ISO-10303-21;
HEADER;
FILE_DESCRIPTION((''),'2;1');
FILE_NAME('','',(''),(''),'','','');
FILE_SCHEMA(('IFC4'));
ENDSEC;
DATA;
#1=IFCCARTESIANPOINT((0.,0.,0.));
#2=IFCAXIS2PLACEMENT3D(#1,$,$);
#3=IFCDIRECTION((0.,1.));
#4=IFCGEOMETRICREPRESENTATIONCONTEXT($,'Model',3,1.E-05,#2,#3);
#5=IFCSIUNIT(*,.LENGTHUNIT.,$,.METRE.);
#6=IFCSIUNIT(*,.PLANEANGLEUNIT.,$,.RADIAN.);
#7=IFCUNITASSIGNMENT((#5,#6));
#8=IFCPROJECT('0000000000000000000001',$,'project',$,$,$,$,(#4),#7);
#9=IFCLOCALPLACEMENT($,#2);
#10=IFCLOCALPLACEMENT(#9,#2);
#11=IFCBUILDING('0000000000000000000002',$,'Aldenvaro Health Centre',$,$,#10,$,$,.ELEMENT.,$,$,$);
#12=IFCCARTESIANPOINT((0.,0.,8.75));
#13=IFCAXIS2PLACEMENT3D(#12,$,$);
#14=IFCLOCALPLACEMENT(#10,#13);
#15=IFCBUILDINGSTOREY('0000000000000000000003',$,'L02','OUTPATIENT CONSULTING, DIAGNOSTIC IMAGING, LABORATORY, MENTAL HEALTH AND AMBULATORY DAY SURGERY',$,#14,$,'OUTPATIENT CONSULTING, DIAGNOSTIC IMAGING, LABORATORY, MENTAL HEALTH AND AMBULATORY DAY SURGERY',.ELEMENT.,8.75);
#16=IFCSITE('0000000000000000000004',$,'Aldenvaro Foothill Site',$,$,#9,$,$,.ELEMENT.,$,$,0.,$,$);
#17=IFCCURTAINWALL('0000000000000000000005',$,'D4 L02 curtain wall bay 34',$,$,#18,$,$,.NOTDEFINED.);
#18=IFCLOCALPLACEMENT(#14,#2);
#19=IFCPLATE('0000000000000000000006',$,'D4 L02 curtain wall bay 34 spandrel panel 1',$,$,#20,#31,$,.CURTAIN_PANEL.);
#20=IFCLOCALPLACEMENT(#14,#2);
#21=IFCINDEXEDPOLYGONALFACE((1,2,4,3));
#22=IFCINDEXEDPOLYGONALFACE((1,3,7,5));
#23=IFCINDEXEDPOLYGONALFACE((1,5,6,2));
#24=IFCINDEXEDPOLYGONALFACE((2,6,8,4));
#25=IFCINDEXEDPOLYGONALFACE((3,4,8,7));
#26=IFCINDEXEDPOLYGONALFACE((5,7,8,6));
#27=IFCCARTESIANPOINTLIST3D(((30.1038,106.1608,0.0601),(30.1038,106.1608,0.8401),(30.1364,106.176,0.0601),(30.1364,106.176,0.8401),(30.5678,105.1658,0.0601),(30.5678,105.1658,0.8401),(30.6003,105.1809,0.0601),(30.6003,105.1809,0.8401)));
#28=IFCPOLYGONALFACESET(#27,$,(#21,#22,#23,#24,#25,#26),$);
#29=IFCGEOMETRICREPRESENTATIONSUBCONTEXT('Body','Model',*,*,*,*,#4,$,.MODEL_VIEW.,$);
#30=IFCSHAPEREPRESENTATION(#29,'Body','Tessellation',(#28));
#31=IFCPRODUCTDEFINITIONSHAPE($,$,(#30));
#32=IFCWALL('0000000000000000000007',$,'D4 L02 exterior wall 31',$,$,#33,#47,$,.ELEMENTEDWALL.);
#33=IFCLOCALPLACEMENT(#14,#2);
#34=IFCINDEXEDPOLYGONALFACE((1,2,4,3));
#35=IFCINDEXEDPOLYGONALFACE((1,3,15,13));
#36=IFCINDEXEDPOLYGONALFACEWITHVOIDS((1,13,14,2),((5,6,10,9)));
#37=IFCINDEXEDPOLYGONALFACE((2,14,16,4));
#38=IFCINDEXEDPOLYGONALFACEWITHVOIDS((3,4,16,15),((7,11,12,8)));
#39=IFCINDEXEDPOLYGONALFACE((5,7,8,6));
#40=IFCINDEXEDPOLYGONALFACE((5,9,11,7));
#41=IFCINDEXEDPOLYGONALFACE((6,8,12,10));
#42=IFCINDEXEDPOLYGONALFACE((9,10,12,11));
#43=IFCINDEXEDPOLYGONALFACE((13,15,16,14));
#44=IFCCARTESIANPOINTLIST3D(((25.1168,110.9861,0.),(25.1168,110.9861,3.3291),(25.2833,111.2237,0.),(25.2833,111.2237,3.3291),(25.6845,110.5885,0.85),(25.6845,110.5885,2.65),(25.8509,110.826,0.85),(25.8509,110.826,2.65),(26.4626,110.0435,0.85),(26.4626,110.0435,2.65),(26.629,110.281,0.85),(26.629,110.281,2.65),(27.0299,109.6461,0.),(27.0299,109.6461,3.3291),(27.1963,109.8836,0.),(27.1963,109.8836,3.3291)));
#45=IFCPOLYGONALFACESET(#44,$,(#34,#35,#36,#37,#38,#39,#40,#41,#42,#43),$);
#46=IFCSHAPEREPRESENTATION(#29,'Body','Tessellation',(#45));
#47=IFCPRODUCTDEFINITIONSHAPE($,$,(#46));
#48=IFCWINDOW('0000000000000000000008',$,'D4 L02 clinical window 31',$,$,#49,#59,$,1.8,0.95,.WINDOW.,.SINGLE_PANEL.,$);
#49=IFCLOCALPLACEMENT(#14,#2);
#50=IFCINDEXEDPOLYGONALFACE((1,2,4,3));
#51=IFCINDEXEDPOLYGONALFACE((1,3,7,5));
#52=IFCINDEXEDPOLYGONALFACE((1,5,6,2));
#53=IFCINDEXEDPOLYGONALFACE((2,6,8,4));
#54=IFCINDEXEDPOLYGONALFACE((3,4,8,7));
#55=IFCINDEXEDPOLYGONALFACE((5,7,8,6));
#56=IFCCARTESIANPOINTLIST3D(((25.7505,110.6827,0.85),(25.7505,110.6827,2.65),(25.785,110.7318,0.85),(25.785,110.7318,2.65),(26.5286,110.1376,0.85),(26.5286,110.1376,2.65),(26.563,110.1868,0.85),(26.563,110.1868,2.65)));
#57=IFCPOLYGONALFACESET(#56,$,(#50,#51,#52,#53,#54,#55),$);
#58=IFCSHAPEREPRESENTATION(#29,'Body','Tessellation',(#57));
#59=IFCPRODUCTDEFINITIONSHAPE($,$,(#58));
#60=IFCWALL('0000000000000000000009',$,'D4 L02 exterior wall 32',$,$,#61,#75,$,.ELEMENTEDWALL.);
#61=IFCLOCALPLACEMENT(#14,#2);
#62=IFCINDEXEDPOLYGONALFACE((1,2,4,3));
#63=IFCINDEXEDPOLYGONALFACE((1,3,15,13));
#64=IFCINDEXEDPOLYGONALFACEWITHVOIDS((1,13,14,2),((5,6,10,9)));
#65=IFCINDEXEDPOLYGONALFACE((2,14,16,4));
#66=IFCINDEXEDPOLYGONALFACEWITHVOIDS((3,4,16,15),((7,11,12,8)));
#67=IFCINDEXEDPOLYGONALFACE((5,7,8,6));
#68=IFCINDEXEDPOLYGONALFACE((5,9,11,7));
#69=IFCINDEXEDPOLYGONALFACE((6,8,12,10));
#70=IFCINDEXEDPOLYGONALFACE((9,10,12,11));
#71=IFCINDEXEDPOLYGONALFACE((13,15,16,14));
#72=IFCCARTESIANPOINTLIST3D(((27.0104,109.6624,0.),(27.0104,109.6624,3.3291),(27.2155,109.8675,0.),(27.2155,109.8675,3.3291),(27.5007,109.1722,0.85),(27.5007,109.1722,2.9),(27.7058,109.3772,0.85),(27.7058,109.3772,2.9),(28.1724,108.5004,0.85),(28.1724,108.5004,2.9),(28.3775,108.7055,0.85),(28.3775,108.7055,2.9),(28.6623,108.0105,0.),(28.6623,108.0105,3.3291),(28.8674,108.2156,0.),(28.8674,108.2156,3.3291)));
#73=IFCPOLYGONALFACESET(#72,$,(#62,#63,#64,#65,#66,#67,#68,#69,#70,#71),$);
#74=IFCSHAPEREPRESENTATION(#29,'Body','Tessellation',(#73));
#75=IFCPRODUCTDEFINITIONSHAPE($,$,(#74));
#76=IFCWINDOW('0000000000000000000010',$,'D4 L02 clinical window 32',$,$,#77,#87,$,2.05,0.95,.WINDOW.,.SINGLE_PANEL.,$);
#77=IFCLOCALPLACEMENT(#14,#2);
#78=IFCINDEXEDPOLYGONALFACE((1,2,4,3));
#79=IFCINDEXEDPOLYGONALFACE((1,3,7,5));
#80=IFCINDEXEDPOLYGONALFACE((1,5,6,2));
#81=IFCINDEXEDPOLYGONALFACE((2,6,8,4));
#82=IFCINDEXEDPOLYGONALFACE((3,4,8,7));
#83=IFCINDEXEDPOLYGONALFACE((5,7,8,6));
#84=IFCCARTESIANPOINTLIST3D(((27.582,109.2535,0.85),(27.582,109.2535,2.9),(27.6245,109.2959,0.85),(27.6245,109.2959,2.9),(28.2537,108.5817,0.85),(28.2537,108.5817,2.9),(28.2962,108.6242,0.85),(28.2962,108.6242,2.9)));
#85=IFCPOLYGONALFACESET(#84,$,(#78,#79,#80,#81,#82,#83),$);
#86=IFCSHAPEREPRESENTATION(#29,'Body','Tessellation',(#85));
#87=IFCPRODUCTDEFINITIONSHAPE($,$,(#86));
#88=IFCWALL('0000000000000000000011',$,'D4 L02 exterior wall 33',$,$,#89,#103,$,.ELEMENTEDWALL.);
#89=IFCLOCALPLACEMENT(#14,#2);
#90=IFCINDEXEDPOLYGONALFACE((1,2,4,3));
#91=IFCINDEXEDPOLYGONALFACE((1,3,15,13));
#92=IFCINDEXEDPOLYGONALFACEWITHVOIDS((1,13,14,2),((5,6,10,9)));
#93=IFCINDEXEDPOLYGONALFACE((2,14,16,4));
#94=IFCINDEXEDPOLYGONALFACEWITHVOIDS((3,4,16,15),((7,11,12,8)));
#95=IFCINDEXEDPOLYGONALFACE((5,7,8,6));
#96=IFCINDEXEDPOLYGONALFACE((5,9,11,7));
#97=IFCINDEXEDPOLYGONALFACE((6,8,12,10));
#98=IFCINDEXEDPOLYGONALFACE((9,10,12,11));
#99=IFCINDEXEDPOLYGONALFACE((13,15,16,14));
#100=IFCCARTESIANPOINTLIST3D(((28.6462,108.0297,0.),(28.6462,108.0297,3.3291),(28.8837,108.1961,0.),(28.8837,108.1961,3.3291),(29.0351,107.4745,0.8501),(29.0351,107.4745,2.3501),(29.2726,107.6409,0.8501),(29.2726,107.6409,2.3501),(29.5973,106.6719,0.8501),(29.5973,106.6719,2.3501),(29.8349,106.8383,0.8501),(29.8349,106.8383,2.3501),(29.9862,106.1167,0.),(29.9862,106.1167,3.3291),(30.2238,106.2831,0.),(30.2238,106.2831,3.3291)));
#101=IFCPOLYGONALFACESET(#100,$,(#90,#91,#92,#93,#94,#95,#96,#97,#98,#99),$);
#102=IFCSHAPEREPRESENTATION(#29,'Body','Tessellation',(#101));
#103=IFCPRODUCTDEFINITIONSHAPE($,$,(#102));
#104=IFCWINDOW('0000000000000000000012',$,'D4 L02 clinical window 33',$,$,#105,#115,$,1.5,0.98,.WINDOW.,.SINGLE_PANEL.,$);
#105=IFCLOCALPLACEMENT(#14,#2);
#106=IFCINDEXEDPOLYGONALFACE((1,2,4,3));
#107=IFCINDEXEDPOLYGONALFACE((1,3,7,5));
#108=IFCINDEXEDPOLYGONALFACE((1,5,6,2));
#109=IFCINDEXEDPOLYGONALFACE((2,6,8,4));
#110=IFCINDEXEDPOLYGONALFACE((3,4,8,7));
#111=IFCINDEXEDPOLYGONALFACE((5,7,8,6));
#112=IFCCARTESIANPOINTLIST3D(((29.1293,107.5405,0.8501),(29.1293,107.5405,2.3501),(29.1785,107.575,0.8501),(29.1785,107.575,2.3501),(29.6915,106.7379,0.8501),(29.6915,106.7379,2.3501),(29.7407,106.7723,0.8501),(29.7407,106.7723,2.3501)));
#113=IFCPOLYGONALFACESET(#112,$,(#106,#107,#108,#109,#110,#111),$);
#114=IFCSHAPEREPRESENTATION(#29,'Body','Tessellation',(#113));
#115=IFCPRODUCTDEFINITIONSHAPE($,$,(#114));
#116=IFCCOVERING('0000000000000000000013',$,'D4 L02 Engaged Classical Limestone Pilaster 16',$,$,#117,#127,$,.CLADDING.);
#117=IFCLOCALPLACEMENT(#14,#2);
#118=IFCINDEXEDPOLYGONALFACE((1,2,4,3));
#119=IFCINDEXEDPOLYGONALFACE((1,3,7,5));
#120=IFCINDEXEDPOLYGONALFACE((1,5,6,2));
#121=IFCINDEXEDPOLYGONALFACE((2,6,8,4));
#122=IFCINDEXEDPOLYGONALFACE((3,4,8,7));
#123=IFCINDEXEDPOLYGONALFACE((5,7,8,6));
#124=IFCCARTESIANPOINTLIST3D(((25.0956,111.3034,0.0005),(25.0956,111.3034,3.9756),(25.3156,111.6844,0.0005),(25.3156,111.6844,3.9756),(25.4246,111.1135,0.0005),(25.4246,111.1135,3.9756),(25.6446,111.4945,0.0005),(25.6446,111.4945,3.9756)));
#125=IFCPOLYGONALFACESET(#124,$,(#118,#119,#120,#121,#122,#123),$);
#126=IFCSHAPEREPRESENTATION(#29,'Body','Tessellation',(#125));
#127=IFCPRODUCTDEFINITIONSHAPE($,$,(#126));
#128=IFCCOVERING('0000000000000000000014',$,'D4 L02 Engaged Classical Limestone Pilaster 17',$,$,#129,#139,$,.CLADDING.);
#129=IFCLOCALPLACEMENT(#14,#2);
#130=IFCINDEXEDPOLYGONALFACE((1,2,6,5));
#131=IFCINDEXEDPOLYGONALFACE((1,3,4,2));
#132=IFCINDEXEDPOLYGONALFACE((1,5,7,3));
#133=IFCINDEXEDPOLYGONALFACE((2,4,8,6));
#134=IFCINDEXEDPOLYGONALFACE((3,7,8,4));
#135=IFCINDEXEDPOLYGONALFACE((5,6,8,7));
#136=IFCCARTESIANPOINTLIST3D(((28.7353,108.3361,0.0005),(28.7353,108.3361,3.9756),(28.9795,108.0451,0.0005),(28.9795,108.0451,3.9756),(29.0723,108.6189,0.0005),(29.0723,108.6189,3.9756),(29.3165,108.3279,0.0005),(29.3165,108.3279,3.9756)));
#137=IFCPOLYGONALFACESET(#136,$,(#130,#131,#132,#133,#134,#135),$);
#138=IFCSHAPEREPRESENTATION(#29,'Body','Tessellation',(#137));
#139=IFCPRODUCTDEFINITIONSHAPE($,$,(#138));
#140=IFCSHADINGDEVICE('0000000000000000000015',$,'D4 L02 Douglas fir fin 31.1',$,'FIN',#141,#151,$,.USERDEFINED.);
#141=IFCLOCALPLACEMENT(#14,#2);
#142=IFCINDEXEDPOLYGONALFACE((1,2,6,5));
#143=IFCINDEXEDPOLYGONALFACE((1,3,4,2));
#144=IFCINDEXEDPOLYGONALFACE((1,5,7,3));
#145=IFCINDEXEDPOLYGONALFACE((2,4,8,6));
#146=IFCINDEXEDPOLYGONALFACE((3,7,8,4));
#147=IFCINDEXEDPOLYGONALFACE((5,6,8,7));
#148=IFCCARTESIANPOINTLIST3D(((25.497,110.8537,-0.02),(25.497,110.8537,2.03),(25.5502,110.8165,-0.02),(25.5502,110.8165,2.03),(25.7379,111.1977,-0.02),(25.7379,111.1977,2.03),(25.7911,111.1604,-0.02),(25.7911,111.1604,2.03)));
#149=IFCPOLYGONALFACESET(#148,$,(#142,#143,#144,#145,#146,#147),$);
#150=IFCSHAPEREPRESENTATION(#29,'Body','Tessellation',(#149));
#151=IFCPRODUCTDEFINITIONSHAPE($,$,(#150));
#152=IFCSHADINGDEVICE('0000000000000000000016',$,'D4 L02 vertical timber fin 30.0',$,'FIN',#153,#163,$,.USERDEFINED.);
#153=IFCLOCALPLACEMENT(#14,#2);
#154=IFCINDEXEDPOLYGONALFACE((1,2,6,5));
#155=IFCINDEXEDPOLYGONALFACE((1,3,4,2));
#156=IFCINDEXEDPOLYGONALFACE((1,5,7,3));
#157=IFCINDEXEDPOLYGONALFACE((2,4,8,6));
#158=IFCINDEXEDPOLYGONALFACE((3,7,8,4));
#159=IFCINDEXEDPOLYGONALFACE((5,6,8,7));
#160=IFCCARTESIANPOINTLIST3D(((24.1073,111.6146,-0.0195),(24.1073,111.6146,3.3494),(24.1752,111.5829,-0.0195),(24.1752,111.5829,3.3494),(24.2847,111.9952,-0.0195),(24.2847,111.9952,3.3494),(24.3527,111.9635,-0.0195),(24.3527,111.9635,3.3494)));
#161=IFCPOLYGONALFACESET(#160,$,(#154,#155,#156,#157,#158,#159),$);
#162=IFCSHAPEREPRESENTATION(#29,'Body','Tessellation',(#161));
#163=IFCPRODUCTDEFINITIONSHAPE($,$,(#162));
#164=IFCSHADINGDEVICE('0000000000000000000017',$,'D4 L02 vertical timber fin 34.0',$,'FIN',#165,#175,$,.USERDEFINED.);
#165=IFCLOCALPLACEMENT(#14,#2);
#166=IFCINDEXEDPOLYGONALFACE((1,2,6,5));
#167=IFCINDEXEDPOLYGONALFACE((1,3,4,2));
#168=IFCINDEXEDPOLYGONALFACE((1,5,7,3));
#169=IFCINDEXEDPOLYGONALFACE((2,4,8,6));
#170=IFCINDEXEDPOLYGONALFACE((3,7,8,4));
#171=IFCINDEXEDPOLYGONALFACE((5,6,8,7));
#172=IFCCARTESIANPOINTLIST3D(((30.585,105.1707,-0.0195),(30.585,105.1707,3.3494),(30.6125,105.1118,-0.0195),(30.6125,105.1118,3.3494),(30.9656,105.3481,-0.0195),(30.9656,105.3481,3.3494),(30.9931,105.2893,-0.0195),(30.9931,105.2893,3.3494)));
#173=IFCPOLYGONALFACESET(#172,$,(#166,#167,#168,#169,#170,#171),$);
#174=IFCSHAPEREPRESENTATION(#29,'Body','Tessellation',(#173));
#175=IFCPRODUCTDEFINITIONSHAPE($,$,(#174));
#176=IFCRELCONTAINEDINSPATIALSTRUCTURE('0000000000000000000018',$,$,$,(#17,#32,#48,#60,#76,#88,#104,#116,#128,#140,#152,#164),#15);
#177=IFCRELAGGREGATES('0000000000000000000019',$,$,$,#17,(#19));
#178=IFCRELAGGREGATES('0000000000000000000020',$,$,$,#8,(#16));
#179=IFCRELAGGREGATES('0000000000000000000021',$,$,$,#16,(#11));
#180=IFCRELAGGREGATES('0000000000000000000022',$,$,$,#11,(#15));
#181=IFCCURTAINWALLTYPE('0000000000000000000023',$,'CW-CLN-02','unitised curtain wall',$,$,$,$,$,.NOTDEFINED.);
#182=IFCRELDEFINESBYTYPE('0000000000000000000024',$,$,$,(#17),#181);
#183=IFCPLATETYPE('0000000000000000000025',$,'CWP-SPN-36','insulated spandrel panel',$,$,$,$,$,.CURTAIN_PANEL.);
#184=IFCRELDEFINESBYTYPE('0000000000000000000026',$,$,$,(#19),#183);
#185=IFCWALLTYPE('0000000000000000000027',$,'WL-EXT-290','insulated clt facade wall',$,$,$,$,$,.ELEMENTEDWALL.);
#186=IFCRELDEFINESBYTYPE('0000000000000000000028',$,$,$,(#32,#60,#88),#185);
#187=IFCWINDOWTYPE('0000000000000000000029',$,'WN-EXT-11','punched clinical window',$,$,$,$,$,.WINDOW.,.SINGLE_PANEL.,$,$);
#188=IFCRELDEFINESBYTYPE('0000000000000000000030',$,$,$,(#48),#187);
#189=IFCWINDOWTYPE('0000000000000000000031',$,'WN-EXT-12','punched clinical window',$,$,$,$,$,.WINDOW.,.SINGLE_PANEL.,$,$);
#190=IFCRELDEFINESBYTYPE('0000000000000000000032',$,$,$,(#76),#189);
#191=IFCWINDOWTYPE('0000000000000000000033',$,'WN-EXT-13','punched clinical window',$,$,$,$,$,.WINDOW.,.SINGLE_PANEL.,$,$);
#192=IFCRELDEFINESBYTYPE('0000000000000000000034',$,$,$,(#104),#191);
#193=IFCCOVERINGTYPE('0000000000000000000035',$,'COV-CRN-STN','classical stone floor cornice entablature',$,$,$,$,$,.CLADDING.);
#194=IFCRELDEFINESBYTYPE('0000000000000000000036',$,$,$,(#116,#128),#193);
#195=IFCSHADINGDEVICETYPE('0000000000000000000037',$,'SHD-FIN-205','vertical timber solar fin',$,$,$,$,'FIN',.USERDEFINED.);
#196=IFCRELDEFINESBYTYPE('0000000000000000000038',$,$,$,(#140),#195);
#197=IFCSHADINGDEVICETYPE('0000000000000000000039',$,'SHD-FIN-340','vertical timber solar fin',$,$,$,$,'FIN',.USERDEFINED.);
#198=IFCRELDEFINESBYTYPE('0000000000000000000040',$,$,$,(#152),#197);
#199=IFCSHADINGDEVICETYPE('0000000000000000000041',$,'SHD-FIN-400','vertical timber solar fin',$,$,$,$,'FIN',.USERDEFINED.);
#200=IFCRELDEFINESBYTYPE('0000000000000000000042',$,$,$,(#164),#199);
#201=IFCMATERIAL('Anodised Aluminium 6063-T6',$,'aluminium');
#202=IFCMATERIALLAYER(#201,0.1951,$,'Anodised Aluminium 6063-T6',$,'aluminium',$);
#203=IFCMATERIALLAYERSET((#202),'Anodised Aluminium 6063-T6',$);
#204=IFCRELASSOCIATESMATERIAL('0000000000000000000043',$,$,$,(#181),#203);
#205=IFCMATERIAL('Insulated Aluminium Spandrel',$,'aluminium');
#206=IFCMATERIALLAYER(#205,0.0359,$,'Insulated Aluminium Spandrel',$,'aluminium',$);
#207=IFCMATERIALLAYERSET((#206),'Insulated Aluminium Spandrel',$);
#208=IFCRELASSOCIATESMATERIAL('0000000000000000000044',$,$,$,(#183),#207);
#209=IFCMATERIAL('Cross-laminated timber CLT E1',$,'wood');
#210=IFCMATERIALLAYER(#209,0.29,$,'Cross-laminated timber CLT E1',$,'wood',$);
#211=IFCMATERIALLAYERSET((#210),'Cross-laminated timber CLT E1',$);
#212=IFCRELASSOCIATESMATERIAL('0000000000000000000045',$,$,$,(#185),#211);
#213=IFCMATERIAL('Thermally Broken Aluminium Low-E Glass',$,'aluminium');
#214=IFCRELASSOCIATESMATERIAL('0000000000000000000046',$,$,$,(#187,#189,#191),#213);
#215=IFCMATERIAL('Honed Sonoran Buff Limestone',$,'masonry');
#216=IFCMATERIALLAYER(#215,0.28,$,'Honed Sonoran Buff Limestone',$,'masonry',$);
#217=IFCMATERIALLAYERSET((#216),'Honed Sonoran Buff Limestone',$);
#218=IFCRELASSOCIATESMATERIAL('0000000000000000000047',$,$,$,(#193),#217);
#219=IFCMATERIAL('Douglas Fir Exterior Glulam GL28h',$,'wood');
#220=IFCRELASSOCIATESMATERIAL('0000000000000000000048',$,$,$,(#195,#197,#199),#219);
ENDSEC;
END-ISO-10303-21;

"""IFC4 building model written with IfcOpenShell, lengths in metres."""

from ifc_helpers import new_model, si_unit, direction, frame, frame_2d, origin, origin_2d, place, context, subcontext, project, spatial, rectangle, extrude, material, layer, layer_set, type_object, element, fill, aggregate, save


model = new_model("IFC4")

# Units and contexts
model_context = context("Model", 3, precision=1e-05, world=origin(), true_north=direction((0.0, 1.0)))
body_context = subcontext(model_context, "Body", "Model", "MODEL_VIEW")
ifc_project = project(units=[si_unit("LENGTHUNIT", "METRE"), si_unit("PLANEANGLEUNIT", "RADIAN")], contexts=[model_context])

# Site, building, storey
site_placement = place(None, origin())
site = spatial("IfcSite", under=ifc_project, at=site_placement, Name="Aldenvaro Foothill Site", CompositionType="ELEMENT", RefElevation=0.0)
building_placement = place(site_placement, origin())
building = spatial("IfcBuilding", under=site, at=building_placement, Name="Aldenvaro Health Centre", CompositionType="ELEMENT")
storey_placement = place(building_placement, frame((0.0, 0.0, 8.75)))
storey = spatial("IfcBuildingStorey", under=building, at=storey_placement, Name="L02", Description="OUTPATIENT CONSULTING, DIAGNOSTIC IMAGING, LABORATORY, MENTAL HEALTH AND AMBULATORY DAY SURGERY", LongName="OUTPATIENT CONSULTING, DIAGNOSTIC IMAGING, LABORATORY, MENTAL HEALTH AND AMBULATORY DAY SURGERY", CompositionType="ELEMENT", Elevation=8.75)

# Shared definitions
ifc_material_1 = material(Name="Anodised Aluminium 6063-T6", Category="aluminium")
ifc_layer_1 = layer(ifc_material_1, 0.1951, Name="Anodised Aluminium 6063-T6", Category="aluminium")
ifc_layer_set_1 = layer_set([ifc_layer_1], Name="Anodised Aluminium 6063-T6")
curtain_wall_type = type_object("IfcCurtainWallType", Name="CW-CLN-02", Description="unitised curtain wall", PredefinedType="NOTDEFINED", material=ifc_layer_set_1)

# Curtain wall
curtain_wall_1_placement = place(storey_placement, origin())
curtain_wall_1 = element("IfcCurtainWall", 1, at=curtain_wall_1_placement, inside=storey, type_object=curtain_wall_type, Name="D4 L02 curtain wall bay 34", PredefinedType="NOTDEFINED")

# Plate
ifc_material_2 = material(Name="Insulated Aluminium Spandrel", Category="aluminium")
ifc_layer_2 = layer(ifc_material_2, 0.0359, Name="Insulated Aluminium Spandrel", Category="aluminium")
ifc_layer_set_2 = layer_set([ifc_layer_2], Name="Insulated Aluminium Spandrel")
plate_type_1 = type_object("IfcPlateType", Name="CWP-SPN-36", Description="insulated spandrel panel", PredefinedType="CURTAIN_PANEL", material=ifc_layer_set_2)
plate_1_placement = place(storey_placement, frame((30.3521, 105.6709, 0.0601), z_axis=(0.0, 0.0, 1.0), x_axis=(0.422557, -0.906336, 0.0)))
plate_1 = element("IfcPlate", 2, at=plate_1_placement, type_object=plate_type_1, Name="D4 L02 curtain wall bay 34 spandrel panel 1", PredefinedType="CURTAIN_PANEL", context=body_context, shape_type="SweptSolid", body=[
    extrude(rectangle(XDim=1.0979, YDim=0.0359, at=origin_2d()), origin(), (0.0, 0.0, 1.0), 0.78),
])
aggregate(curtain_wall_1, [plate_1])

# Walls, openings, windows
ifc_material_3 = material(Name="Cross-laminated timber CLT E1", Category="wood")
ifc_layer_3 = layer(ifc_material_3, 0.29, Name="Cross-laminated timber CLT E1", Category="wood")
ifc_layer_set_3 = layer_set([ifc_layer_3], Name="Cross-laminated timber CLT E1")
wall_type = type_object("IfcWallType", Name="WL-EXT-290", Description="insulated clt facade wall", PredefinedType="ELEMENTEDWALL", material=ifc_layer_set_3)
wall_1_placement = place(storey_placement, frame((25.2, 111.105, 0.0), z_axis=(0.0, 0.0, 1.0), x_axis=(0.819045, -0.573729, 0.0)))
wall_1 = element("IfcWall", 3, at=wall_1_placement, inside=storey, type_object=wall_type, Name="D4 L02 exterior wall 31", PredefinedType="ELEMENTEDWALL", context=body_context, shape_type="SweptSolid", body=[
    extrude(rectangle(XDim=2.3357, YDim=0.29, at=frame_2d((1.168, 0.0))), origin(), (0.0, 0.0, 1.0), 3.3291),
])
opening_1_placement = place(wall_1_placement, frame((0.6931, 0.0, 0.8501)))
opening_1 = element("IfcOpeningElement", 4, at=opening_1_placement, cuts=wall_1, PredefinedType="OPENING", context=body_context, shape_type="SweptSolid", body=[
    extrude(rectangle(XDim=0.95, YDim=1.8, at=frame_2d((0.4751, 0.8999))), frame((0.0, 0.155, 0.0), z_axis=(0.0, -1.0, 0.0), x_axis=(1.0, 0.0, 0.0)), (0.0, 0.0, 1.0), 0.3101),
])
ifc_material_4 = material(Name="Thermally Broken Aluminium Low-E Glass", Category="aluminium")
window_type_1 = type_object("IfcWindowType", Name="WN-EXT-11", Description="punched clinical window", PartitioningType="SINGLE_PANEL", PredefinedType="WINDOW", material=ifc_material_4)
window_1_placement = place(opening_1_placement, origin())
window_1 = element("IfcWindow", 5, at=window_1_placement, inside=storey, type_object=window_type_1, Name="D4 L02 clinical window 31", OverallHeight=1.8, OverallWidth=0.95, PartitioningType="SINGLE_PANEL", PredefinedType="WINDOW", context=body_context, shape_type="SweptSolid", body=[
    extrude(rectangle(XDim=0.95, YDim=1.8, at=frame_2d((0.4751, 0.8999))), frame((0.0, 0.03, 0.0), z_axis=(0.0, -1.0, 0.0), x_axis=(1.0, 0.0, 0.0)), (0.0, 0.0, 1.0), 0.0601),
])
fill(opening_1, window_1)
wall_2_placement = place(storey_placement, frame((27.113, 109.7649, 0.0), z_axis=(0.0, 0.0, 1.0), x_axis=(0.707107, -0.707107, 0.0)))
wall_2 = element("IfcWall", 6, at=wall_2_placement, inside=storey, type_object=wall_type, Name="D4 L02 exterior wall 32", PredefinedType="ELEMENTEDWALL", context=body_context, shape_type="SweptSolid", body=[
    extrude(rectangle(XDim=2.3362, YDim=0.29, at=frame_2d((1.168, 0.0))), origin(), (0.0, 0.0, 1.0), 3.3291),
])
opening_2_placement = place(wall_2_placement, frame((0.6931, 0.0, 0.8501)))
opening_2 = element("IfcOpeningElement", 7, at=opening_2_placement, cuts=wall_2, PredefinedType="OPENING", context=body_context, shape_type="SweptSolid", body=[
    extrude(rectangle(XDim=0.95, YDim=2.05, at=frame_2d((0.4751, 1.0249))), frame((0.0, 0.155, 0.0), z_axis=(0.0, -1.0, 0.0), x_axis=(1.0, 0.0, 0.0)), (0.0, 0.0, 1.0), 0.3101),
])
window_type_2 = type_object("IfcWindowType", Name="WN-EXT-12", Description="punched clinical window", PartitioningType="SINGLE_PANEL", PredefinedType="WINDOW", material=ifc_material_4)
window_2_placement = place(opening_2_placement, origin())
window_2 = element("IfcWindow", 8, at=window_2_placement, inside=storey, type_object=window_type_2, Name="D4 L02 clinical window 32", OverallHeight=2.05, OverallWidth=0.95, PartitioningType="SINGLE_PANEL", PredefinedType="WINDOW", context=body_context, shape_type="SweptSolid", body=[
    extrude(rectangle(XDim=0.95, YDim=2.05, at=frame_2d((0.4751, 1.0249))), frame((0.0, 0.03, 0.0), z_axis=(0.0, -1.0, 0.0), x_axis=(1.0, 0.0, 0.0)), (0.0, 0.0, 1.0), 0.0601),
])
fill(opening_2, window_2)
wall_3_placement = place(storey_placement, frame((28.7649, 108.113, 0.0), z_axis=(0.0, 0.0, 1.0), x_axis=(0.573729, -0.819045, 0.0)))
wall_3 = element("IfcWall", 9, at=wall_3_placement, inside=storey, type_object=wall_type, Name="D4 L02 exterior wall 33", PredefinedType="ELEMENTEDWALL", context=body_context, shape_type="SweptSolid", body=[
    extrude(rectangle(XDim=2.3357, YDim=0.29, at=frame_2d((1.168, 0.0))), origin(), (0.0, 0.0, 1.0), 3.3291),
])
opening_3_placement = place(wall_3_placement, frame((0.678, 0.0, 0.8501)))
opening_3 = element("IfcOpeningElement", 10, at=opening_3_placement, cuts=wall_3, PredefinedType="OPENING", context=body_context, shape_type="SweptSolid", body=[
    extrude(rectangle(XDim=0.98, YDim=1.5, at=frame_2d((0.49, 0.75))), frame((0.0, 0.155, 0.0), z_axis=(0.0, -1.0, 0.0), x_axis=(1.0, 0.0, 0.0)), (0.0, 0.0, 1.0), 0.3101),
])
window_type_3 = type_object("IfcWindowType", Name="WN-EXT-13", Description="punched clinical window", PartitioningType="SINGLE_PANEL", PredefinedType="WINDOW", material=ifc_material_4)
window_3_placement = place(opening_3_placement, origin())
window_3 = element("IfcWindow", 11, at=window_3_placement, inside=storey, type_object=window_type_3, Name="D4 L02 clinical window 33", OverallHeight=1.5, OverallWidth=0.98, PartitioningType="SINGLE_PANEL", PredefinedType="WINDOW", context=body_context, shape_type="SweptSolid", body=[
    extrude(rectangle(XDim=0.98, YDim=1.5, at=frame_2d((0.49, 0.75))), frame((0.0, 0.03, 0.0), z_axis=(0.0, -1.0, 0.0), x_axis=(1.0, 0.0, 0.0)), (0.0, 0.0, 1.0), 0.0601),
])
fill(opening_3, window_3)

# Coverings
ifc_material_5 = material(Name="Honed Sonoran Buff Limestone", Category="masonry")
ifc_layer_4 = layer(ifc_material_5, 0.28, Name="Honed Sonoran Buff Limestone", Category="masonry")
ifc_layer_set_4 = layer_set([ifc_layer_4], Name="Honed Sonoran Buff Limestone")
covering_type = type_object("IfcCoveringType", Name="COV-CRN-STN", Description="classical stone floor cornice entablature", PredefinedType="CLADDING", material=ifc_layer_set_4)
for number, where, z_axis, x_axis, name in (
    (12, (25.3701, 111.3989, 0.0005), (0.0, 0.0, 1.0), (0.499992, 0.86603, 0.0), "D4 L02 Engaged Classical Limestone Pilaster 16"),
    (13, (29.0259, 108.332, 0.0005), (0.0, 0.0, 1.0), (0.766058, 0.642772, 0.0), "D4 L02 Engaged Classical Limestone Pilaster 17"),
):
    element("IfcCovering", number, at=place(storey_placement, frame(where, z_axis=z_axis, x_axis=x_axis)), inside=storey, type_object=covering_type, Name=name, PredefinedType="CLADDING", context=body_context, shape_type="SweptSolid", body=[
        extrude(rectangle(XDim=0.4399, YDim=0.3799, at=origin_2d()), origin(), (0.0, 0.0, 1.0), 3.9751),
    ])

# Shading devices
ifc_material_6 = material(Name="Douglas Fir Exterior Glulam GL28h", Category="wood")
shading_device_type_1 = type_object("IfcShadingDeviceType", Name="SHD-FIN-205", Description="vertical timber solar fin", ElementType="FIN", PredefinedType="USERDEFINED", material=ifc_material_6)
shading_device_1_placement = place(storey_placement, frame((25.644, 111.0071, -0.02), z_axis=(0.0, 0.0, 1.0), x_axis=(0.819051, -0.573721, 0.0)))
element("IfcShadingDevice", 14, at=shading_device_1_placement, inside=storey, type_object=shading_device_type_1, Name="D4 L02 Douglas fir fin 31.1", ObjectType="FIN", PredefinedType="USERDEFINED", context=body_context, shape_type="SweptSolid", body=[
    extrude(rectangle(XDim=0.0649, YDim=0.4199, at=origin_2d()), origin(), (0.0, 0.0, 1.0), 2.05),
])
shading_device_type_2 = type_object("IfcShadingDeviceType", Name="SHD-FIN-340", Description="vertical timber solar fin", ElementType="FIN", PredefinedType="USERDEFINED", material=ifc_material_6)
shading_device_2_placement = place(storey_placement, frame((24.23, 111.7891, -0.0195), z_axis=(0.0, 0.0, 1.0), x_axis=(0.906336, -0.422557, 0.0)))
element("IfcShadingDevice", 15, at=shading_device_2_placement, inside=storey, type_object=shading_device_type_2, Name="D4 L02 vertical timber fin 30.0", ObjectType="FIN", PredefinedType="USERDEFINED", context=body_context, shape_type="SweptSolid", body=[
    extrude(rectangle(XDim=0.075, YDim=0.4199, at=origin_2d()), origin(), (0.0, 0.0, 1.0), 3.3689),
])
shading_device_type_3 = type_object("IfcShadingDeviceType", Name="SHD-FIN-400", Description="vertical timber solar fin", ElementType="FIN", PredefinedType="USERDEFINED", material=ifc_material_6)
shading_device_3_placement = place(storey_placement, frame((30.7891, 105.23, -0.0195), z_axis=(0.0, 0.0, 1.0), x_axis=(0.422557, -0.906336, 0.0)))
element("IfcShadingDevice", 16, at=shading_device_3_placement, inside=storey, type_object=shading_device_type_3, Name="D4 L02 vertical timber fin 34.0", ObjectType="FIN", PredefinedType="USERDEFINED", context=body_context, shape_type="SweptSolid", body=[
    extrude(rectangle(XDim=0.0649, YDim=0.4199, at=origin_2d()), origin(), (0.0, 0.0, 1.0), 3.3689),
])

save(model, "model.ifc")
